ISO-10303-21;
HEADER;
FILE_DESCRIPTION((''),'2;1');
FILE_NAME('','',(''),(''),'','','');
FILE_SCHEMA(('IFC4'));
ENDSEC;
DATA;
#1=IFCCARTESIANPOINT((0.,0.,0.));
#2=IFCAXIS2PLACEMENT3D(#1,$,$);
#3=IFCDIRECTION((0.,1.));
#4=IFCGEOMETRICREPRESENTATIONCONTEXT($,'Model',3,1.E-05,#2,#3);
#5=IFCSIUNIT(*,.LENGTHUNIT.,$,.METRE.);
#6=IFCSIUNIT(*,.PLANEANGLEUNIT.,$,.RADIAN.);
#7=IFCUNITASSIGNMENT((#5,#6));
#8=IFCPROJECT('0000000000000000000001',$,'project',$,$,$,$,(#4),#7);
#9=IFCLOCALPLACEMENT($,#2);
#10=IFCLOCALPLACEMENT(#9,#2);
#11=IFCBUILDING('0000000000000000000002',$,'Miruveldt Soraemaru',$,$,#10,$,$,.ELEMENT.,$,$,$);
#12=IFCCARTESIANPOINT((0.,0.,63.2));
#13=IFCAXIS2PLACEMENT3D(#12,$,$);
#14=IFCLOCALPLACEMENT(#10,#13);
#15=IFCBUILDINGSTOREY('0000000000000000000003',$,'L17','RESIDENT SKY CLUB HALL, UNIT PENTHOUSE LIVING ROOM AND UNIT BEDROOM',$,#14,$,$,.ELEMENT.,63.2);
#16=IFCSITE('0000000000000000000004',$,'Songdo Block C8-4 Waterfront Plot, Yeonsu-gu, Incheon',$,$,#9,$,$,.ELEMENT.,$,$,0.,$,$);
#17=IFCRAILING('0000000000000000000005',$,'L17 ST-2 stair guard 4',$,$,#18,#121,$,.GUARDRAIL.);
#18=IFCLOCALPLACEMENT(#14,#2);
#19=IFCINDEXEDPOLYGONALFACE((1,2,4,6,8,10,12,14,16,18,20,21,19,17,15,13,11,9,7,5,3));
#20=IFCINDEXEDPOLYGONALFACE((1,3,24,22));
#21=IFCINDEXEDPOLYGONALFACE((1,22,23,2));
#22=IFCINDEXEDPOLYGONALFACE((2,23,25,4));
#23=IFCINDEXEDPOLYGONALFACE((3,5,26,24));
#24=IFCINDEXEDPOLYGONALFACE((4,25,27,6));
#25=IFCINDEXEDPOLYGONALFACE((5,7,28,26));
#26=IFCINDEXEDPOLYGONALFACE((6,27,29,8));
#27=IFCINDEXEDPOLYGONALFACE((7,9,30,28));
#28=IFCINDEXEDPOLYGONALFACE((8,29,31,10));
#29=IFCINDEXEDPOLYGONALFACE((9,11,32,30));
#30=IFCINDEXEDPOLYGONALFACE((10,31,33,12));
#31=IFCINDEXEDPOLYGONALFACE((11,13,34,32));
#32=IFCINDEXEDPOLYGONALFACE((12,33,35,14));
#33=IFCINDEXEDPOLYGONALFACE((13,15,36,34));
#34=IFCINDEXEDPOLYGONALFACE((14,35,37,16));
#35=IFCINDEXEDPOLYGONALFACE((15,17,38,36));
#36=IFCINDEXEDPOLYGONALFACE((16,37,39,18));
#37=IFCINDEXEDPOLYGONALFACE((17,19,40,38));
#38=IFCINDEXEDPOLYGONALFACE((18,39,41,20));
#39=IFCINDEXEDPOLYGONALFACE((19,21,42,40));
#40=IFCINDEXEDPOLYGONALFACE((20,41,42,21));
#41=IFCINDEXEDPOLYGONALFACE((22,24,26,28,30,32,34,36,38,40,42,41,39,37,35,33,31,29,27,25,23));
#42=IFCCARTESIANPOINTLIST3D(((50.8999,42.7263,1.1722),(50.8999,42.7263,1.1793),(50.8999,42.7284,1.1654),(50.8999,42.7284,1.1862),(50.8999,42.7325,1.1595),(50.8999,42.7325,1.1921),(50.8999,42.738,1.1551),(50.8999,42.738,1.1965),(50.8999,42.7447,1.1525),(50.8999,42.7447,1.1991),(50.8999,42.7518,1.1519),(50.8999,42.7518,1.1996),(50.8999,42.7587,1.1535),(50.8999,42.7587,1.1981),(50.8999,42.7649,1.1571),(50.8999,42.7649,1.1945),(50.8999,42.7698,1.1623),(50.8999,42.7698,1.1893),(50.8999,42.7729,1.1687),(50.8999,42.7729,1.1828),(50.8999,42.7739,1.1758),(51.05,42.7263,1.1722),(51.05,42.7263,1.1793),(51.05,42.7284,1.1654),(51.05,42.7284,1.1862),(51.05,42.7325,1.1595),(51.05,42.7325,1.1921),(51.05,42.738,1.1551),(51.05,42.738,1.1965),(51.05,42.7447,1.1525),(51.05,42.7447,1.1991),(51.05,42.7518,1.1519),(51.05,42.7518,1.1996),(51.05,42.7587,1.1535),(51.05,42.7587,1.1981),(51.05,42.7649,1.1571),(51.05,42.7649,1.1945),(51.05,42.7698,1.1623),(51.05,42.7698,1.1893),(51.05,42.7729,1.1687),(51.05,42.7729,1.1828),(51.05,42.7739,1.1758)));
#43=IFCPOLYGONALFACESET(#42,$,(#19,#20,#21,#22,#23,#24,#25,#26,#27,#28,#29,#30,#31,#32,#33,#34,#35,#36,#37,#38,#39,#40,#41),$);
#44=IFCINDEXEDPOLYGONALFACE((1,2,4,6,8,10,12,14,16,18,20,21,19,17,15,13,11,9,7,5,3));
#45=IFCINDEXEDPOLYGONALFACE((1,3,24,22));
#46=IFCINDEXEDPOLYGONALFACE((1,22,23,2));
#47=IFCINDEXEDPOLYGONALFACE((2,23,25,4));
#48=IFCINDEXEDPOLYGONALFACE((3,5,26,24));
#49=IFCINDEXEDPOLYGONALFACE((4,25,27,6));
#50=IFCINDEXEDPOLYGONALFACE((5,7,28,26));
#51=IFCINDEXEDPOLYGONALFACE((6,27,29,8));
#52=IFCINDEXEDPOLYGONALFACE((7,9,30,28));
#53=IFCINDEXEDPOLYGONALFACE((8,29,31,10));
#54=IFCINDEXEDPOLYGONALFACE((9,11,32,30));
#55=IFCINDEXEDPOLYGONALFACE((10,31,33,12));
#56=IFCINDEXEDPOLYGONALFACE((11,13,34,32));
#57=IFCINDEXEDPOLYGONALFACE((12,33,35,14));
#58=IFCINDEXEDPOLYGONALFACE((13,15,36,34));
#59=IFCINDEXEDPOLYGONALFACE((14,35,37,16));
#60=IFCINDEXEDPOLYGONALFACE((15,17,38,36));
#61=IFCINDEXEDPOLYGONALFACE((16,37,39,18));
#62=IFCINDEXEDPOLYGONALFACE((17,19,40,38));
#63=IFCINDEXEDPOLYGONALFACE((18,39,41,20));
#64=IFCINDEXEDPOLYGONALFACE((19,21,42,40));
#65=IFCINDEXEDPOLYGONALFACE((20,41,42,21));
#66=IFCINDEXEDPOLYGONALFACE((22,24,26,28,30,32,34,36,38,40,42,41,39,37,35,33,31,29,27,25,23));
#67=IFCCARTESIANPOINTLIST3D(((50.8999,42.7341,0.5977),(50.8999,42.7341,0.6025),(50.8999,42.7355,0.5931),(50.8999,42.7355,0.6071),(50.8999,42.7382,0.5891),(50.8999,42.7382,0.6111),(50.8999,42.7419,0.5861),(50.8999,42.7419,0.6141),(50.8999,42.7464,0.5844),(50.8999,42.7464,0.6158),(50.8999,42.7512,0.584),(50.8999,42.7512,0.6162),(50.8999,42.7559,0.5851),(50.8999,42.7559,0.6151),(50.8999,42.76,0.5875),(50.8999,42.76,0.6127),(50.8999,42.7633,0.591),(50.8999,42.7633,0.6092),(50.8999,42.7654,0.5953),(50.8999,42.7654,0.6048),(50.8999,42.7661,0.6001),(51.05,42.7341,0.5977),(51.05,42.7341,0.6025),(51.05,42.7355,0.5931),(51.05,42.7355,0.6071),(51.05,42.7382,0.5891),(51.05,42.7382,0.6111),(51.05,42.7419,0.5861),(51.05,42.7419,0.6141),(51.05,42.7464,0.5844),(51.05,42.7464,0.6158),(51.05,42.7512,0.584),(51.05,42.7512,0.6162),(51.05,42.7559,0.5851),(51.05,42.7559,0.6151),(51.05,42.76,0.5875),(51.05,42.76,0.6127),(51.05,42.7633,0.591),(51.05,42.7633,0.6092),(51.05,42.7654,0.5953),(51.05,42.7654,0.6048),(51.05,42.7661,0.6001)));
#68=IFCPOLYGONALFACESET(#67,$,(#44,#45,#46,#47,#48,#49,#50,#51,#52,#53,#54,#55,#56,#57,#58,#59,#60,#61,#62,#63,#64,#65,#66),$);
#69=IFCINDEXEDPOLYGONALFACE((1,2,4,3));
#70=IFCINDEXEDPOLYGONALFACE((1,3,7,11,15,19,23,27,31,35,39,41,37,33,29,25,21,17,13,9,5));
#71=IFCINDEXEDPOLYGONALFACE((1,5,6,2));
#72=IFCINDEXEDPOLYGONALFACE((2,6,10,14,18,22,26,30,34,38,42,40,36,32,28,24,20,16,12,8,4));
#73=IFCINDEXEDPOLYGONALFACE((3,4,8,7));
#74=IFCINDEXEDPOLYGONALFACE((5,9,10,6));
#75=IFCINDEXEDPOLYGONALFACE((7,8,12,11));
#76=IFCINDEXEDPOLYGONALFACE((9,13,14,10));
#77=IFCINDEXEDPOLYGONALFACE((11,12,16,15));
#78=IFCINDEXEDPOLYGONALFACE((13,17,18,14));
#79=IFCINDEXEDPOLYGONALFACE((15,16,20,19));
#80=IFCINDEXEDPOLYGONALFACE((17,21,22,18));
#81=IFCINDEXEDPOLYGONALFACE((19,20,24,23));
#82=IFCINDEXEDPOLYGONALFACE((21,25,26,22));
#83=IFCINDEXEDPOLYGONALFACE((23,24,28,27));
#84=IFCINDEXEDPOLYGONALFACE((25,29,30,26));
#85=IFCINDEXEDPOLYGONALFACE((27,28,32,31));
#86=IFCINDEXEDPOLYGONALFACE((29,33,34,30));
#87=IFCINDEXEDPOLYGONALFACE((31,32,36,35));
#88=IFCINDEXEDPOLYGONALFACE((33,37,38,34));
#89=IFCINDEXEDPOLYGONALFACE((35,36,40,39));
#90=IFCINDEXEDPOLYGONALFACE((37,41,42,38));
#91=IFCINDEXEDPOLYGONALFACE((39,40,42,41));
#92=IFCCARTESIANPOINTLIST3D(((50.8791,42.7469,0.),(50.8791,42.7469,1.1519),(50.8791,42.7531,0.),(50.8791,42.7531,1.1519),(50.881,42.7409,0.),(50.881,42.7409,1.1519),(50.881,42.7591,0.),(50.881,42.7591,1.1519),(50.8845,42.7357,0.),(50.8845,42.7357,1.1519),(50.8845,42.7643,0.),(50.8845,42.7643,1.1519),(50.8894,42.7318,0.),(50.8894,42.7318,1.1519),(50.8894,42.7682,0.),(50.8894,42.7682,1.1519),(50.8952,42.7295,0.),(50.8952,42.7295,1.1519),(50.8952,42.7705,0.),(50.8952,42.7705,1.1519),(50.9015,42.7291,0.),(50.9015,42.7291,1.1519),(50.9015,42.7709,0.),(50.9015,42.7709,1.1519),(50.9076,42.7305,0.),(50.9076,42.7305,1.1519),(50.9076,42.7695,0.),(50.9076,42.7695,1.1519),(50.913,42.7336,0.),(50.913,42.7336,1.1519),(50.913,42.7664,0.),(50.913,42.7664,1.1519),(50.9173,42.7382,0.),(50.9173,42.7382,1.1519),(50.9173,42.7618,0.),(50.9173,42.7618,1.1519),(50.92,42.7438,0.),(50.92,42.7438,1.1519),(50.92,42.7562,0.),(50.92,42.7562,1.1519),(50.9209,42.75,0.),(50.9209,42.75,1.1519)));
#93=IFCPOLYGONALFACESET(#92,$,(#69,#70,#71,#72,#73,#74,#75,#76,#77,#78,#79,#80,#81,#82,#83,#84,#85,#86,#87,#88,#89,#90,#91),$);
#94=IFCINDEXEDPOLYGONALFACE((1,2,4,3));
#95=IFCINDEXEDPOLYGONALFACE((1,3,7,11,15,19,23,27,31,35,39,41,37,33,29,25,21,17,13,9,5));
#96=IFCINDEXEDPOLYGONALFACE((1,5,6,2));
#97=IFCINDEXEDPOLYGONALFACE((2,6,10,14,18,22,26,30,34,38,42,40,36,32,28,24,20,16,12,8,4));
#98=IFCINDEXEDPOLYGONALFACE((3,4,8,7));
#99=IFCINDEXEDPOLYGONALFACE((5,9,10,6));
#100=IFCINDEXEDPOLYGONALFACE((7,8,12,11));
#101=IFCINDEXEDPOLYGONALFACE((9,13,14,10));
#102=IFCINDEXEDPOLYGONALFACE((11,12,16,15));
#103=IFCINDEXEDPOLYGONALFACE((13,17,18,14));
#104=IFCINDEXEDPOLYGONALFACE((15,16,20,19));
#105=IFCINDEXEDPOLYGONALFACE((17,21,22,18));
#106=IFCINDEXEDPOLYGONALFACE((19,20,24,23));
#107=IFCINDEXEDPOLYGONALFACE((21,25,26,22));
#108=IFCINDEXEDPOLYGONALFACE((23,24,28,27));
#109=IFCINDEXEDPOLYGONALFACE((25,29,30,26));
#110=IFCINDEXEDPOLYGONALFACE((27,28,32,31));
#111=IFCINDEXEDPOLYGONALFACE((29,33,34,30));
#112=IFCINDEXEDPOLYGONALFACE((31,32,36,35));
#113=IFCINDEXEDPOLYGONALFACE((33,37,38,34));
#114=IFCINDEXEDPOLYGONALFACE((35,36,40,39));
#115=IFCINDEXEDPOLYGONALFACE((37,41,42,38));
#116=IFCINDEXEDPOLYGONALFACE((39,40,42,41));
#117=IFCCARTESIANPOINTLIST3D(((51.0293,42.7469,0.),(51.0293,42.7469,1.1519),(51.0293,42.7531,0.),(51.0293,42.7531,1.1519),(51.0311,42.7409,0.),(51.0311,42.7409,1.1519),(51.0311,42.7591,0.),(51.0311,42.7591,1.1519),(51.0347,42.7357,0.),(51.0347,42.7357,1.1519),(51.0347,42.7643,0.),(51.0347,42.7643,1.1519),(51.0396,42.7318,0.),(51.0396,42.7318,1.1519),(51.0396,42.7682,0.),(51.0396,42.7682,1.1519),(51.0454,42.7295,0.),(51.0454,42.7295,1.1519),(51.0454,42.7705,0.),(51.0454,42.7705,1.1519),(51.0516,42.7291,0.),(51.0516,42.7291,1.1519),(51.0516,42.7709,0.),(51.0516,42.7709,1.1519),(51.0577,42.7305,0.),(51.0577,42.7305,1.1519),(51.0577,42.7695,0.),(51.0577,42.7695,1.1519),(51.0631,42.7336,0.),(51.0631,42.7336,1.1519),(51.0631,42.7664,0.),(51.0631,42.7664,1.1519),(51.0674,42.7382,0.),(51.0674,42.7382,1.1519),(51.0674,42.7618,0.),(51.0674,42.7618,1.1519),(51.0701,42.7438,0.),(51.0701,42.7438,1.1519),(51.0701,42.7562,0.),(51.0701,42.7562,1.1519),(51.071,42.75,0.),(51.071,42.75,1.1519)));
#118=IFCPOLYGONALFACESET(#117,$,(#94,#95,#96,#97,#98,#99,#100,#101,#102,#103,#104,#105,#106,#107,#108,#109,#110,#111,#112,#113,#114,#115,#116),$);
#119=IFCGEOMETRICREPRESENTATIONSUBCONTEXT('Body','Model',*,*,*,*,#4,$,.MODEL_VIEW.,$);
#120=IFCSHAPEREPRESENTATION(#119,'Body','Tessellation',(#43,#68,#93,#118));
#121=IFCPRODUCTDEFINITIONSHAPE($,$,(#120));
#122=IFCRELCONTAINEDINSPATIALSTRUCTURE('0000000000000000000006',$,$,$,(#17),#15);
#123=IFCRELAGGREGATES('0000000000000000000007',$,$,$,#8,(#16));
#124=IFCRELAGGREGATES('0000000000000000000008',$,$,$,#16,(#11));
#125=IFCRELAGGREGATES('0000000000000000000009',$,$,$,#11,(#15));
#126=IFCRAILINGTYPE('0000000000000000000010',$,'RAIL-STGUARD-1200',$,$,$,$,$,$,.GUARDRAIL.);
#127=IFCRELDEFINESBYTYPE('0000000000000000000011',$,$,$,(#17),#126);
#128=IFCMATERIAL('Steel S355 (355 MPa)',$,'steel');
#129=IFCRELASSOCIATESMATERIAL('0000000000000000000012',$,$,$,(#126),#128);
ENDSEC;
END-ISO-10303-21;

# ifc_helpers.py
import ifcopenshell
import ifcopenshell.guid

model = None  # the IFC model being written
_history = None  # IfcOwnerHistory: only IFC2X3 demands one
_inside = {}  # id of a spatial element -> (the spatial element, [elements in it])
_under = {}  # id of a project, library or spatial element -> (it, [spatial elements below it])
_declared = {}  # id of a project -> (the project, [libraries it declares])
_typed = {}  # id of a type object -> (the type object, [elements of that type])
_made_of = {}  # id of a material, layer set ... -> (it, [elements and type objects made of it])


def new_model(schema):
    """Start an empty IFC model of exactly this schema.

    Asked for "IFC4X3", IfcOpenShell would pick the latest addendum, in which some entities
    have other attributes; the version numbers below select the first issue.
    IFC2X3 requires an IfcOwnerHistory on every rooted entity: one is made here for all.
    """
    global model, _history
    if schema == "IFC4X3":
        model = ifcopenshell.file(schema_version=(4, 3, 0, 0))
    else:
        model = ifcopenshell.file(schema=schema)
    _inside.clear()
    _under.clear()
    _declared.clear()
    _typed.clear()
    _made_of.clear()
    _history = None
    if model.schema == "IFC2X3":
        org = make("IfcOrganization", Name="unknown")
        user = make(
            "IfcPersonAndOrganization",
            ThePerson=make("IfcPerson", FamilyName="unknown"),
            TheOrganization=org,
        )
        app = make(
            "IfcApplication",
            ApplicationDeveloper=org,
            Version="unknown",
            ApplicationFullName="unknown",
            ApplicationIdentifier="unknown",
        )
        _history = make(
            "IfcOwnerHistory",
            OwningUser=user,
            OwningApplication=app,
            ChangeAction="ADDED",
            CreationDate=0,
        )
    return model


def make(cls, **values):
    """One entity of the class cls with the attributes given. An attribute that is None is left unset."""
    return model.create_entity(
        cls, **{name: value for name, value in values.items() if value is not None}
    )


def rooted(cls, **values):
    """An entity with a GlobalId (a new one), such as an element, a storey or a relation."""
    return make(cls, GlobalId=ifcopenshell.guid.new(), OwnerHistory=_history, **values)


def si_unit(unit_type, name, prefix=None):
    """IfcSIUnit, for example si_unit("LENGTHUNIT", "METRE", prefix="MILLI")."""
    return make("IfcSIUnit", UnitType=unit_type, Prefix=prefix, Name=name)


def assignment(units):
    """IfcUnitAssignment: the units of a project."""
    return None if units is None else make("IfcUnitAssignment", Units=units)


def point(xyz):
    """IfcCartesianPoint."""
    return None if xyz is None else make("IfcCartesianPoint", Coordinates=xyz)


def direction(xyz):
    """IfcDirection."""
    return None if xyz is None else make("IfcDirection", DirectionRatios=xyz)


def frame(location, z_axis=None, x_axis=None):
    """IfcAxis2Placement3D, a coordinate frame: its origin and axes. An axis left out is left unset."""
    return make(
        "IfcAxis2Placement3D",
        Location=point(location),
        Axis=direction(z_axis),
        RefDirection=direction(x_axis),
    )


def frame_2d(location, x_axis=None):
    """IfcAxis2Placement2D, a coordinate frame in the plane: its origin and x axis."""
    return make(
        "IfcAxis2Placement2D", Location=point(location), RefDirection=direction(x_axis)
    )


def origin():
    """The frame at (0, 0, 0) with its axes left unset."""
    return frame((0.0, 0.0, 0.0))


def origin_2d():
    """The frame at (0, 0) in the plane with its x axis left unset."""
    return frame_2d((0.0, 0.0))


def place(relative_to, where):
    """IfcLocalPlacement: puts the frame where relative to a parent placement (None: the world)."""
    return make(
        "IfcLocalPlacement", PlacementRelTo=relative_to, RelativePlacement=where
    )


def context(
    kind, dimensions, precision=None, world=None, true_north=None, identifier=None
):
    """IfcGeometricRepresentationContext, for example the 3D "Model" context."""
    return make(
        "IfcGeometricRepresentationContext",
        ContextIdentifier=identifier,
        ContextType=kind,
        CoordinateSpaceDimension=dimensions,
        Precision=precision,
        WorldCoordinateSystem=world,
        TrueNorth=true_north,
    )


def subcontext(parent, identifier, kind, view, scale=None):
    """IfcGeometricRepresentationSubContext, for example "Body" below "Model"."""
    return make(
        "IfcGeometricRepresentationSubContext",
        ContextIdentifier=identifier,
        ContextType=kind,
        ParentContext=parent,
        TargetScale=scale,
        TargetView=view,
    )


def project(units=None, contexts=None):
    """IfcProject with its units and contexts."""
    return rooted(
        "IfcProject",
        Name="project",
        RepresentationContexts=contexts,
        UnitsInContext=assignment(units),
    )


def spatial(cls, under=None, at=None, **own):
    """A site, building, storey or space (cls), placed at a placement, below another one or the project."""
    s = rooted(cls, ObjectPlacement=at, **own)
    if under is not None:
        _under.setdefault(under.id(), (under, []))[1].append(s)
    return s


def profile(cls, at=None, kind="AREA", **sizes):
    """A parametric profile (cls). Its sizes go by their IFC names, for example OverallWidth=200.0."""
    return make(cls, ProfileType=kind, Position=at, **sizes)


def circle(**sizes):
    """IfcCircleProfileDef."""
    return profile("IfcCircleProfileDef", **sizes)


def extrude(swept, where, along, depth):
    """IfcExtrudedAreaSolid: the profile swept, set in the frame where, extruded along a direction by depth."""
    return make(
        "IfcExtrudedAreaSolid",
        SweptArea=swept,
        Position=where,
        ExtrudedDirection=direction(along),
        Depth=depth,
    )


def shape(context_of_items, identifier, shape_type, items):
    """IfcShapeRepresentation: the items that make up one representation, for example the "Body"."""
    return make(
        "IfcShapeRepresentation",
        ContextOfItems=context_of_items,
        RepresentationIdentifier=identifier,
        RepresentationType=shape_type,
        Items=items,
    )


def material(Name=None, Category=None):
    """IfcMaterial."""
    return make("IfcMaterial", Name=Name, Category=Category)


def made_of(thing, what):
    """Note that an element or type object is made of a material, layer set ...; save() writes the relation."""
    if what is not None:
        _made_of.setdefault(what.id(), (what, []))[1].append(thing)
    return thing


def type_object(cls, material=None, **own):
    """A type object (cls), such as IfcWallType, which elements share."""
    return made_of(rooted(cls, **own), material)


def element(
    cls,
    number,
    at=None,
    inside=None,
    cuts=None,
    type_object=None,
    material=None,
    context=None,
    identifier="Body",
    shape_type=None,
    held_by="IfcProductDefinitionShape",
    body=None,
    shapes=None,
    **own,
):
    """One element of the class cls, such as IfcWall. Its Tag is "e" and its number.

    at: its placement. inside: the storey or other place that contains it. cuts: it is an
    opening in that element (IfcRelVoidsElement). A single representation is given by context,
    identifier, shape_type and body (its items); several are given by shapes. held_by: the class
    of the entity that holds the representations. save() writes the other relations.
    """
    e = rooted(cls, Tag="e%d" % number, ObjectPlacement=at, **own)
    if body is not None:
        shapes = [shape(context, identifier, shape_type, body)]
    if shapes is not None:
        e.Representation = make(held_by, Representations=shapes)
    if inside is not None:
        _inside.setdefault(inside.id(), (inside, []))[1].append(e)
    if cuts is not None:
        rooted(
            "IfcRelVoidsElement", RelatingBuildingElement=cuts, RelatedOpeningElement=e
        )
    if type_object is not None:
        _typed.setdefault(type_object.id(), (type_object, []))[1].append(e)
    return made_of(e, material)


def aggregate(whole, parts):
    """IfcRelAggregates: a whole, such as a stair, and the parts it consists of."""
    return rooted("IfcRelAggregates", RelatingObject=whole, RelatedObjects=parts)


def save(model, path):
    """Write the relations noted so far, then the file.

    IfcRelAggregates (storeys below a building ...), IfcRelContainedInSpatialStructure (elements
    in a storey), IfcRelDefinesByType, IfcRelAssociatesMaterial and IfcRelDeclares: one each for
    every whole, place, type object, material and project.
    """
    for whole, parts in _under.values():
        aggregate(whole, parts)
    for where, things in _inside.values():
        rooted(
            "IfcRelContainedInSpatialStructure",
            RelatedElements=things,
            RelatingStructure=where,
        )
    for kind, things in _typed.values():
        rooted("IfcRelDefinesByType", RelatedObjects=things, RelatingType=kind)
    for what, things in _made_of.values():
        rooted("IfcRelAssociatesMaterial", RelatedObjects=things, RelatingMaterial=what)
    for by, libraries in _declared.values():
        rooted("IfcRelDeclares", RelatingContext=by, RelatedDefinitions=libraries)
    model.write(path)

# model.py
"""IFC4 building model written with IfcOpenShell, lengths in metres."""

from ifc_helpers import new_model, si_unit, direction, frame, origin, origin_2d, place, context, subcontext, project, spatial, circle, extrude, material, type_object, element, save


model = new_model("IFC4")

# Units and contexts
model_context = context("Model", 3, precision=1e-05, world=origin(), true_north=direction((0.0, 1.0)))
body_context = subcontext(model_context, "Body", "Model", "MODEL_VIEW")
ifc_project = project(units=[si_unit("LENGTHUNIT", "METRE"), si_unit("PLANEANGLEUNIT", "RADIAN")], contexts=[model_context])

# Site, building, storey
site_placement = place(None, origin())
site = spatial("IfcSite", under=ifc_project, at=site_placement, Name="Songdo Block C8-4 Waterfront Plot, Yeonsu-gu, Incheon", CompositionType="ELEMENT", RefElevation=0.0)
building_placement = place(site_placement, origin())
building = spatial("IfcBuilding", under=site, at=building_placement, Name="Miruveldt Soraemaru", CompositionType="ELEMENT")
storey_placement = place(building_placement, frame((0.0, 0.0, 63.2)))
storey = spatial("IfcBuildingStorey", under=building, at=storey_placement, Name="L17", Description="RESIDENT SKY CLUB HALL, UNIT PENTHOUSE LIVING ROOM AND UNIT BEDROOM", CompositionType="ELEMENT", Elevation=63.2)

# Railing
ifc_material_1 = material(Name="Steel S355 (355 MPa)", Category="steel")
railing_type_1 = type_object("IfcRailingType", Name="RAIL-STGUARD-1200", PredefinedType="GUARDRAIL", material=ifc_material_1)
railing_1_placement = place(storey_placement, frame((50.8999, 42.75, 0.0)))
element("IfcRailing", 1, at=railing_1_placement, inside=storey, type_object=railing_type_1, Name="L17 ST-2 stair guard 4", PredefinedType="GUARDRAIL", context=body_context, shape_type="SweptSolid", body=[
    extrude(circle(Radius=0.0239, at=origin_2d()), frame((0.0, 0.0, 1.1758), z_axis=(1.0, 0.0, 0.0), x_axis=(0.0, 1.0, 0.0)), (0.0, 0.0, 1.0), 0.1501),
    extrude(circle(Radius=0.0161, at=origin_2d()), frame((0.0, 0.0, 0.6001), z_axis=(1.0, 0.0, 0.0), x_axis=(0.0, 1.0, 0.0)), (0.0, 0.0, 1.0), 0.1501),
    extrude(circle(Radius=0.021, at=origin_2d()), origin(), (0.0, 0.0, 1.0), 1.1519),
    extrude(circle(Radius=0.021, at=origin_2d()), frame((0.1501, 0.0, 0.0)), (0.0, 0.0, 1.0), 1.1519),
])

save(model, "model.ifc")
